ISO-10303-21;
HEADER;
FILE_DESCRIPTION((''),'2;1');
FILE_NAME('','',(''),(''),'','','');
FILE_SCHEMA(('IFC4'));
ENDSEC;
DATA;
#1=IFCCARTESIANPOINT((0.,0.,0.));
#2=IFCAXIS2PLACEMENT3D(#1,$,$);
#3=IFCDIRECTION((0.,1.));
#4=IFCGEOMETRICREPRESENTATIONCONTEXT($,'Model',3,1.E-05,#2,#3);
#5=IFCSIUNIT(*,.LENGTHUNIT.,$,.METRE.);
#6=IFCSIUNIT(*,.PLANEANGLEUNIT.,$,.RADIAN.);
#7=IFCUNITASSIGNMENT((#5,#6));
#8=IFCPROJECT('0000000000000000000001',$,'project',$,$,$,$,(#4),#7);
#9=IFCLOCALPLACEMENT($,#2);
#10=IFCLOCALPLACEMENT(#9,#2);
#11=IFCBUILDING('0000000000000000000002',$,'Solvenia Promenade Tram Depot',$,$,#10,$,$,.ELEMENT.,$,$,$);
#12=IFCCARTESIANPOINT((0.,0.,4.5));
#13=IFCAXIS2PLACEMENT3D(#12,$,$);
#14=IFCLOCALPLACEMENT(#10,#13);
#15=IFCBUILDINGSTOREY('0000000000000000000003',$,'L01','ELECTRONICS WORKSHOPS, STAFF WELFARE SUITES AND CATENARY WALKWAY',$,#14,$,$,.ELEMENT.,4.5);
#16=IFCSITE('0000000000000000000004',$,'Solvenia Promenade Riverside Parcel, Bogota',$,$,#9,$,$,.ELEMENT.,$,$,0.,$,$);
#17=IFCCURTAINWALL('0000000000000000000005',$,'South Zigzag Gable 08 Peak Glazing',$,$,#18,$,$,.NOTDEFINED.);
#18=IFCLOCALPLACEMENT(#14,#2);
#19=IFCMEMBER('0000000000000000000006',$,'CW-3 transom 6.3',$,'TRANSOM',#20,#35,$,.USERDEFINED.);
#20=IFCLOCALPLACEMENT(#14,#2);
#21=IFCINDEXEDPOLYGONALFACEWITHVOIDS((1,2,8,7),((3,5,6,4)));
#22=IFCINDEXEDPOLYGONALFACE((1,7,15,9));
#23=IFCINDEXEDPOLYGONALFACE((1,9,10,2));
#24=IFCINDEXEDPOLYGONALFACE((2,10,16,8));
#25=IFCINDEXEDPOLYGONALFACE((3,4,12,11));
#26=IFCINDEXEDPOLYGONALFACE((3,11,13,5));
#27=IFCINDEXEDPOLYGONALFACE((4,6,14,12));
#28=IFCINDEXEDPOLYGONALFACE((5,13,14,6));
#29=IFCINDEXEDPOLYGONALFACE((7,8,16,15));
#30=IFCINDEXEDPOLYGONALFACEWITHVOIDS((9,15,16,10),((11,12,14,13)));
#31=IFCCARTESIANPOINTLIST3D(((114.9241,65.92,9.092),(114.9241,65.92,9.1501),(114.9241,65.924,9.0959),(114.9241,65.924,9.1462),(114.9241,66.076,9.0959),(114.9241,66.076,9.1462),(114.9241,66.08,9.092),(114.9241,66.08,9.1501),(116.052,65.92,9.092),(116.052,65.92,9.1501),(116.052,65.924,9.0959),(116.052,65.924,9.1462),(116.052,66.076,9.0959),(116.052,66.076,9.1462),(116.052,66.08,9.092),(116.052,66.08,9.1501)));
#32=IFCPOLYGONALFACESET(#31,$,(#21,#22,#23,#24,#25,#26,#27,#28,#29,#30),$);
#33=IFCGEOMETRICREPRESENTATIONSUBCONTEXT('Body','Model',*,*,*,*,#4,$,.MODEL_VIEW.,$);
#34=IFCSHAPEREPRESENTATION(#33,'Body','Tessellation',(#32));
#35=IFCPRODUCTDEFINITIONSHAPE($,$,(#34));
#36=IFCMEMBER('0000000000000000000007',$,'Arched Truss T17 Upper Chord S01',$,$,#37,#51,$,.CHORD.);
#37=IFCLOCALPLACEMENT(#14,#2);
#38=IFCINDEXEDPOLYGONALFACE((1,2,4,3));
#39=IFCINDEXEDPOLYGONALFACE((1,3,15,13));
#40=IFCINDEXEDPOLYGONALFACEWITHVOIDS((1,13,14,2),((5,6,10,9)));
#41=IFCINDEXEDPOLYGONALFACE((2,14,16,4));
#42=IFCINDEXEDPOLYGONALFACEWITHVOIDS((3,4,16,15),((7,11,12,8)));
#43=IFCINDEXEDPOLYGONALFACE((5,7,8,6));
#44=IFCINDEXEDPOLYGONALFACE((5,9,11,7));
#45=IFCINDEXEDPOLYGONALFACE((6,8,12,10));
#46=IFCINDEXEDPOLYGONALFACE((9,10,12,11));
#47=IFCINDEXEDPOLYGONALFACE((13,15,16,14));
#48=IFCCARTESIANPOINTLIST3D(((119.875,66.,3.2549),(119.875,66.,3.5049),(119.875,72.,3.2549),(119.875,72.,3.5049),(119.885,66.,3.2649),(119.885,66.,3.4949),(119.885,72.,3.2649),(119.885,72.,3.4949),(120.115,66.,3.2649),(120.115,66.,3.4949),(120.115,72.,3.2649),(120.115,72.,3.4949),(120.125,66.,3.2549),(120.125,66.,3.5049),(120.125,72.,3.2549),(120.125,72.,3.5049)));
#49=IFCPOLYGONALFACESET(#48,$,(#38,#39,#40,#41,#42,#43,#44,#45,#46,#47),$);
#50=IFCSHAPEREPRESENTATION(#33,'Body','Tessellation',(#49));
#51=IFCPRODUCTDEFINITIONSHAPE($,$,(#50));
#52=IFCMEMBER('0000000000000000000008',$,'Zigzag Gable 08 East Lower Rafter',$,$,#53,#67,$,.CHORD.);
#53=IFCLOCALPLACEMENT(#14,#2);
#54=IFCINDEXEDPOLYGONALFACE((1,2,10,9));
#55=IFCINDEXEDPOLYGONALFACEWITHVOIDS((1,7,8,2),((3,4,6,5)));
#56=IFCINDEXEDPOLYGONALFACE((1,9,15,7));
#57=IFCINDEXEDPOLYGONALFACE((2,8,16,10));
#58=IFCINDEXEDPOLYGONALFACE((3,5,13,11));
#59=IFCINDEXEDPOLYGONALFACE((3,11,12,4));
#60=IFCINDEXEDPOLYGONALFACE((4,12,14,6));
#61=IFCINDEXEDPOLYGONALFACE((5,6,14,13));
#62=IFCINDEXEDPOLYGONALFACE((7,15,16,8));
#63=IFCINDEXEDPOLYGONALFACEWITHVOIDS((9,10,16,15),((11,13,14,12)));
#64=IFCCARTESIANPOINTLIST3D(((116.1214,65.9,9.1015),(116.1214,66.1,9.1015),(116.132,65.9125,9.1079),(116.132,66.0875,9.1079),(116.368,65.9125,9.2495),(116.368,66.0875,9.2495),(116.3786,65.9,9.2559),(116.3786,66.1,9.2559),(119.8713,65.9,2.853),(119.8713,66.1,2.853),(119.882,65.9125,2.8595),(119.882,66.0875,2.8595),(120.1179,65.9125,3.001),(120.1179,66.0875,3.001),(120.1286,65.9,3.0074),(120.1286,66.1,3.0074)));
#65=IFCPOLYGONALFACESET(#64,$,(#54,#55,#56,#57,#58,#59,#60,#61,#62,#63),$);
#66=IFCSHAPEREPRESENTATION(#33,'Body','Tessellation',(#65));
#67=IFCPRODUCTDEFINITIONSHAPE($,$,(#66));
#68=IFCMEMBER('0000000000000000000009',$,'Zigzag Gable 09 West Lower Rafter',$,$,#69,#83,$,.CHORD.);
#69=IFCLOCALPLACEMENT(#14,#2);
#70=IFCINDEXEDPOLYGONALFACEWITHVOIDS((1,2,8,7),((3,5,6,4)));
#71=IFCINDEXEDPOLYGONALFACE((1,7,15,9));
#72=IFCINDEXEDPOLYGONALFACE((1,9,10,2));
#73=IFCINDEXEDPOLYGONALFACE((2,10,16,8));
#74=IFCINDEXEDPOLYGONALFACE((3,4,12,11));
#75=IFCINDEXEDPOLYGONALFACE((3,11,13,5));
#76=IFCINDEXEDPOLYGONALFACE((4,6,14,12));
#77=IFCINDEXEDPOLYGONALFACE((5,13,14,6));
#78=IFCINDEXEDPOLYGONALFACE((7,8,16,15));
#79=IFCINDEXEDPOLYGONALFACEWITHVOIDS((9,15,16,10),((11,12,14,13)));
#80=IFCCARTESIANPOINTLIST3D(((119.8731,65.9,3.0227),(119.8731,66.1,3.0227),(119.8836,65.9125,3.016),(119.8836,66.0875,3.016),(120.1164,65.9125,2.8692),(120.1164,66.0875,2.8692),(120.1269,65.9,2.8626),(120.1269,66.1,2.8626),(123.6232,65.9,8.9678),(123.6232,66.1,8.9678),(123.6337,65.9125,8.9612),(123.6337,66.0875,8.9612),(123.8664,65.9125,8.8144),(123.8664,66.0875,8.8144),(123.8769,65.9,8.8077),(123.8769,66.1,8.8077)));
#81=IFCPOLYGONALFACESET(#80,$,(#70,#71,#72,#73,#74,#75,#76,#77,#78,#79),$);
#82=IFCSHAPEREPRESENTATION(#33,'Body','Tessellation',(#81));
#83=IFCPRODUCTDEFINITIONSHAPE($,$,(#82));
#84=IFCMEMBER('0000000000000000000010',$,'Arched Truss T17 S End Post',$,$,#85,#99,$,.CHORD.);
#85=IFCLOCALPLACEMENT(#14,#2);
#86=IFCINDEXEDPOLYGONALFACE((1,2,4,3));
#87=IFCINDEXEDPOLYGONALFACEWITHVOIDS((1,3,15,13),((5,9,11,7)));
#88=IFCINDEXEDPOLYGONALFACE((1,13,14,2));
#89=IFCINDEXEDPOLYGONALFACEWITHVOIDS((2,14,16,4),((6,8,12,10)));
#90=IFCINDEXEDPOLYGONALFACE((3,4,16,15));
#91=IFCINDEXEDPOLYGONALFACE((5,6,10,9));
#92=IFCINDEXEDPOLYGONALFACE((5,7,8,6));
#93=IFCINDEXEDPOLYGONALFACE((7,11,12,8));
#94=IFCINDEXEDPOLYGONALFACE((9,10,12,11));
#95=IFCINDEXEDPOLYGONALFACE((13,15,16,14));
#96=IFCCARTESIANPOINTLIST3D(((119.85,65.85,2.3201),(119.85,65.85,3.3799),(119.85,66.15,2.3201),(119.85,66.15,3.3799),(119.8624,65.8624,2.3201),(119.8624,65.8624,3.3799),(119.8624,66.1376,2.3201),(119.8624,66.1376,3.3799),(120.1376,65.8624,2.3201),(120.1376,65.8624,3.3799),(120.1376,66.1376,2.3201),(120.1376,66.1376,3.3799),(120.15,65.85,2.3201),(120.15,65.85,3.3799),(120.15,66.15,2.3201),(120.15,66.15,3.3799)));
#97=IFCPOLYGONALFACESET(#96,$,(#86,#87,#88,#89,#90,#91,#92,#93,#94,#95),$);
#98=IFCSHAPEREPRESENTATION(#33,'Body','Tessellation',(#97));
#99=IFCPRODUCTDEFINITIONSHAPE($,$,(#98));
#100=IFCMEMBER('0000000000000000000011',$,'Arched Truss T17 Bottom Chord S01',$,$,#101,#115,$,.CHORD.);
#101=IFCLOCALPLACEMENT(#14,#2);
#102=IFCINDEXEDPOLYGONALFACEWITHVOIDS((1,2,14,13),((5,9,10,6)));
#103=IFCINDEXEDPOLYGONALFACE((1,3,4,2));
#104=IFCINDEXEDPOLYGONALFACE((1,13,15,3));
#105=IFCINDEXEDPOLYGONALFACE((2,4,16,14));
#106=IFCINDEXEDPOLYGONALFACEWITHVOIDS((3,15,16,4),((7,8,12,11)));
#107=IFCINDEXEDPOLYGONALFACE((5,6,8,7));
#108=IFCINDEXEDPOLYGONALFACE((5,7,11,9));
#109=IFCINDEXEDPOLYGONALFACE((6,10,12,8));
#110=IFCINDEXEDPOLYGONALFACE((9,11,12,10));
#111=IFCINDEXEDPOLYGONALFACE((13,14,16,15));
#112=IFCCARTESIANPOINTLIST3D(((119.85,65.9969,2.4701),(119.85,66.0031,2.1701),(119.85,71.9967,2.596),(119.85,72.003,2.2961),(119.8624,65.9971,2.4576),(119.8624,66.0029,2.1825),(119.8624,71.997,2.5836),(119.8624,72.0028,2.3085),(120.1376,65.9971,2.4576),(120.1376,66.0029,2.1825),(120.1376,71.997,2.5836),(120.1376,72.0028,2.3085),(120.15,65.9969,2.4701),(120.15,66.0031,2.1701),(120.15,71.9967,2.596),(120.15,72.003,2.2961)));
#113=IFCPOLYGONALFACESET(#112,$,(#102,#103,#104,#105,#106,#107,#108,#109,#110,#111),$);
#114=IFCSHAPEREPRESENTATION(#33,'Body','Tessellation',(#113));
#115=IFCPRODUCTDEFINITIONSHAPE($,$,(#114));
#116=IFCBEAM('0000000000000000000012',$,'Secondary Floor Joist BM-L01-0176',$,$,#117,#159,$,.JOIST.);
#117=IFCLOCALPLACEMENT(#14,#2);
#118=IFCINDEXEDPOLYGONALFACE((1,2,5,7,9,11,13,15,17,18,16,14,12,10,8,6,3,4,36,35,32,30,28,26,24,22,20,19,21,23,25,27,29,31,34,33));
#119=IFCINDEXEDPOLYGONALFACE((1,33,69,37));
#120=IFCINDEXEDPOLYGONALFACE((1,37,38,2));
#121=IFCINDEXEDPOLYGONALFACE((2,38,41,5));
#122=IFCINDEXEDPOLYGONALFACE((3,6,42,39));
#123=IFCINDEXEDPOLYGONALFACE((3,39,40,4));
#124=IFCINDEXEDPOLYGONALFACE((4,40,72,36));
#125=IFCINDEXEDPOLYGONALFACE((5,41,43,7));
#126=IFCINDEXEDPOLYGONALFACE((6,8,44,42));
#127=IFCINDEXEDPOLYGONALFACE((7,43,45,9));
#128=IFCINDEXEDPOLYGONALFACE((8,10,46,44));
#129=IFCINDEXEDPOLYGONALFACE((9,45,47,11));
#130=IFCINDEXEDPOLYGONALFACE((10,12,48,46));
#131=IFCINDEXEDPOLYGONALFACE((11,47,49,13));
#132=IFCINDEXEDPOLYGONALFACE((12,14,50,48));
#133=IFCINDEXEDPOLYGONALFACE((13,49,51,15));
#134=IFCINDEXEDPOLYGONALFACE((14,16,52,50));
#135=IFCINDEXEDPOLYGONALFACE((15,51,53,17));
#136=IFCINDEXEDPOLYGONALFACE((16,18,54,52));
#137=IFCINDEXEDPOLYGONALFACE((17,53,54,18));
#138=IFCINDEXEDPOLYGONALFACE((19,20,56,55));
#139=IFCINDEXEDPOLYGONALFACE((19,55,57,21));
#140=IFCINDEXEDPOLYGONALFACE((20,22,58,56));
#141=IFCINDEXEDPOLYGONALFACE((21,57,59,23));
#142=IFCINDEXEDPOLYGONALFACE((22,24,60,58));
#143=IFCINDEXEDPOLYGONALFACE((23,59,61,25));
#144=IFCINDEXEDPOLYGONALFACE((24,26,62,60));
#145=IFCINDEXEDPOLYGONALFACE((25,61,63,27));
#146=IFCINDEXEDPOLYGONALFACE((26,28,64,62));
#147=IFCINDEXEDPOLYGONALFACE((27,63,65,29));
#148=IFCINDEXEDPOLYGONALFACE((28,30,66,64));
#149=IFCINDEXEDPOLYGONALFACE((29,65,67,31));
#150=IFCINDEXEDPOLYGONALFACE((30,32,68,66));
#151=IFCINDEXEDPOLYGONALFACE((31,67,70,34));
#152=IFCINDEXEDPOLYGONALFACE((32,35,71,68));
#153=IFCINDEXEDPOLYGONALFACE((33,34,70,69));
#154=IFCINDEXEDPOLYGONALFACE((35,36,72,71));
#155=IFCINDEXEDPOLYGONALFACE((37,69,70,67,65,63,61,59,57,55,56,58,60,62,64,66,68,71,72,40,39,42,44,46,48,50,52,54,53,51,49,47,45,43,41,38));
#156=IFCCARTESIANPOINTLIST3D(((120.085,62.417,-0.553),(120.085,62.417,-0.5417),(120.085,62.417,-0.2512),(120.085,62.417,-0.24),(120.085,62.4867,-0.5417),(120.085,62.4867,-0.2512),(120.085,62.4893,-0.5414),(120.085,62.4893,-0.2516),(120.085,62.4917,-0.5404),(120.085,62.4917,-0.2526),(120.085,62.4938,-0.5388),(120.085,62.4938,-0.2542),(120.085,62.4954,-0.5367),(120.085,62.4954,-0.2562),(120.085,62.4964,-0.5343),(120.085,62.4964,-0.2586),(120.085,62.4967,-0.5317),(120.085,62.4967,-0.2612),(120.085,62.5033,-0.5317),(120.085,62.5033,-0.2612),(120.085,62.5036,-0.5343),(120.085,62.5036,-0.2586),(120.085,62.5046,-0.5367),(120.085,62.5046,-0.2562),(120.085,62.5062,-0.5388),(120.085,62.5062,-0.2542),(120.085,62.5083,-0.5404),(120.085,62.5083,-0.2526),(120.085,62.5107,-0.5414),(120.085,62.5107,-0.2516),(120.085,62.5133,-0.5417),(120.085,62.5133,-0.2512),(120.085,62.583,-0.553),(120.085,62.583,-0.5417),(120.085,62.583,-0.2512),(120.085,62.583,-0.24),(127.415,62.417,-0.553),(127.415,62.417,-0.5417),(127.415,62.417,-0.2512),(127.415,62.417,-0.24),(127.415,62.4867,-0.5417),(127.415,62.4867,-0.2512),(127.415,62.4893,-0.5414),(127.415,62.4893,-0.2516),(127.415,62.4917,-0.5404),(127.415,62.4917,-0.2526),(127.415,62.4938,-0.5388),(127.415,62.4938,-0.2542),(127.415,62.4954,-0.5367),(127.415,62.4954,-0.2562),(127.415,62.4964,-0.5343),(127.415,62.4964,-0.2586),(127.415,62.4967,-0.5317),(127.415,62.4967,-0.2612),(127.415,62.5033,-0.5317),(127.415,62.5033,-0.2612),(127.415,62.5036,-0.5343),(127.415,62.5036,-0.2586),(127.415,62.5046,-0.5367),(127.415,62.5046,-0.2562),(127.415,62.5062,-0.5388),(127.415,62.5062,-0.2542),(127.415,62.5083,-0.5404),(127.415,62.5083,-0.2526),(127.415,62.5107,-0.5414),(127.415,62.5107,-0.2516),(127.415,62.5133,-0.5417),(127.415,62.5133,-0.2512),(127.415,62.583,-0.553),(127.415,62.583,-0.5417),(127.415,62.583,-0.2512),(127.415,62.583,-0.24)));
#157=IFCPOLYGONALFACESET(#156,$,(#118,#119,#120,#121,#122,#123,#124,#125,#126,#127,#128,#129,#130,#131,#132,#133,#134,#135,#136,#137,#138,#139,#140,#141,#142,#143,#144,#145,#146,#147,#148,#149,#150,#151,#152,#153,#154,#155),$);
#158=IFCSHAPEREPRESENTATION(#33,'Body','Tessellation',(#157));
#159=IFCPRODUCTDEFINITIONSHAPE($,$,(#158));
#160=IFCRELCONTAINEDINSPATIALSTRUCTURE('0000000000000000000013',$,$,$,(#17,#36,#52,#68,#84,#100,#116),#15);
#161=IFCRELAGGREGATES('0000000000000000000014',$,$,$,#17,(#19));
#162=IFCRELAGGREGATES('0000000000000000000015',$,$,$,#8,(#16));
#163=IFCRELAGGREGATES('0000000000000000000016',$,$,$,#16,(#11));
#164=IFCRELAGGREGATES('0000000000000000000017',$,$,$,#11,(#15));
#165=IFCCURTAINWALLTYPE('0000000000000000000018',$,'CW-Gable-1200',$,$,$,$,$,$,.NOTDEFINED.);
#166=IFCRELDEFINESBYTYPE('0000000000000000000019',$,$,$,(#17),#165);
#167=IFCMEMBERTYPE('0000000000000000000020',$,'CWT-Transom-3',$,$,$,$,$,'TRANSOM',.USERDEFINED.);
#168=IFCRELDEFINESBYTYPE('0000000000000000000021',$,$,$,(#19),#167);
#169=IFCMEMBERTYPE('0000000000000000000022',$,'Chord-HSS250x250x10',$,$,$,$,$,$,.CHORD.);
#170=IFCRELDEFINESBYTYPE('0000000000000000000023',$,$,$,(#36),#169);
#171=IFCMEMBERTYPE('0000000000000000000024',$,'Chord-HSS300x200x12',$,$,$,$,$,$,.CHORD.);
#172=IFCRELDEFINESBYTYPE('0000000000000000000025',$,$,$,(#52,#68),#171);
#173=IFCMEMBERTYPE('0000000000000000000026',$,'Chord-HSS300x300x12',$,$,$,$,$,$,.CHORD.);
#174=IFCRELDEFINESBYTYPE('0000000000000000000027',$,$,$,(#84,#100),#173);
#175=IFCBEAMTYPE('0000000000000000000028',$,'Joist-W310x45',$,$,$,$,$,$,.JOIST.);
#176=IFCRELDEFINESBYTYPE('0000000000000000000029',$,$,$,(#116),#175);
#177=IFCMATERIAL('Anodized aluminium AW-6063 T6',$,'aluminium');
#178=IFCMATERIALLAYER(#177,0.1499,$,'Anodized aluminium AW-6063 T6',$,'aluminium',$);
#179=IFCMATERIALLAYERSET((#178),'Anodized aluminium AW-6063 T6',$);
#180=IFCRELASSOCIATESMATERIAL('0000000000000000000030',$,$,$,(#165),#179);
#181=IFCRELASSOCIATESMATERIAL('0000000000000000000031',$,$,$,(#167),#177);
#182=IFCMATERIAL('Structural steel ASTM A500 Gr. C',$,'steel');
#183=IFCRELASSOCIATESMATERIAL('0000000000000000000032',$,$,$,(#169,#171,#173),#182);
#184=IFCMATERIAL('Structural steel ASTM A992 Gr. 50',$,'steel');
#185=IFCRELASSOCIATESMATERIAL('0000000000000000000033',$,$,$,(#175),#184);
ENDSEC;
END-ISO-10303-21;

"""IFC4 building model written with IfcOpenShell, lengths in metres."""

from ifc_helpers import new_model, si_unit, direction, frame, origin, origin_2d, place, context, subcontext, project, spatial, hollow_rectangle, i_section, extrude, material, layer, layer_set, material_profile, profile_set, type_object, element, aggregate, save


model = new_model("IFC4")

# Units and contexts
model_context = context("Model", 3, precision=1e-05, world=origin(), true_north=direction((0.0, 1.0)))
body_context = subcontext(model_context, "Body", "Model", "MODEL_VIEW")
ifc_project = project(units=[si_unit("LENGTHUNIT", "METRE"), si_unit("PLANEANGLEUNIT", "RADIAN")], contexts=[model_context])

# Site, building, storey
site_placement = place(None, origin())
site = spatial("IfcSite", under=ifc_project, at=site_placement, Name="Solvenia Promenade Riverside Parcel, Bogota", CompositionType="ELEMENT", RefElevation=0.0)
building_placement = place(site_placement, origin())
building = spatial("IfcBuilding", under=site, at=building_placement, Name="Solvenia Promenade Tram Depot", CompositionType="ELEMENT")
storey_placement = place(building_placement, frame((0.0, 0.0, 4.5)))
storey = spatial("IfcBuildingStorey", under=building, at=storey_placement, Name="L01", Description="ELECTRONICS WORKSHOPS, STAFF WELFARE SUITES AND CATENARY WALKWAY", CompositionType="ELEMENT", Elevation=4.5)

# Shared definitions
ifc_material_1 = material(Name="Structural steel ASTM A992 Gr. 50", Category="steel")

# Curtain wall, member
ifc_material_2 = material(Name="Anodized aluminium AW-6063 T6", Category="aluminium")
ifc_layer_1 = layer(ifc_material_2, 0.1499, Name="Anodized aluminium AW-6063 T6", Category="aluminium")
ifc_layer_set_1 = layer_set([ifc_layer_1], Name="Anodized aluminium AW-6063 T6")
curtain_wall_type = type_object("IfcCurtainWallType", Name="CW-Gable-1200", PredefinedType="NOTDEFINED", material=ifc_layer_set_1)
curtain_wall_placement = place(storey_placement, origin())
curtain_wall = element("IfcCurtainWall", 1, at=curtain_wall_placement, inside=storey, type_object=curtain_wall_type, Name="South Zigzag Gable 08 Peak Glazing", PredefinedType="NOTDEFINED")
ifc_material_profile_1 = material_profile(ifc_material_2, hollow_rectangle(XDim=0.1599, YDim=0.0581, WallThickness=0.0039, at=origin_2d()), Name="ALU-T3", Category="aluminium")
ifc_profile_set_1 = profile_set([ifc_material_profile_1], Name="Anodized aluminium AW-6063 T6")
member_type_1 = type_object("IfcMemberType", Name="CWT-Transom-3", ElementType="TRANSOM", PredefinedType="USERDEFINED", material=ifc_profile_set_1)
member_1_placement = place(storey_placement, frame((114.9241, 66.0, 9.1211), z_axis=(1.0, 0.0, 0.0), x_axis=(0.0, 1.0, 0.0)))
member_1 = element("IfcMember", 2, at=member_1_placement, type_object=member_type_1, Name="CW-3 transom 6.3", ObjectType="TRANSOM", PredefinedType="USERDEFINED", context=body_context, shape_type="SweptSolid", body=[
    extrude(hollow_rectangle(XDim=0.1599, YDim=0.0581, WallThickness=0.0039, at=origin_2d()), origin(), (0.0, 0.0, 1.0), 1.1279),
])

# Members
ifc_material_3 = material(Name="Structural steel ASTM A500 Gr. C", Category="steel")
ifc_material_profile_2 = material_profile(ifc_material_3, hollow_rectangle(XDim=0.25, YDim=0.25, WallThickness=0.01, at=origin_2d()), Name="HSS250x250x10", Category="steel")
ifc_profile_set_2 = profile_set([ifc_material_profile_2], Name="Structural steel ASTM A500 Gr. C")
member_type_2 = type_object("IfcMemberType", Name="Chord-HSS250x250x10", PredefinedType="CHORD", material=ifc_profile_set_2)
member_2_placement = place(storey_placement, frame((120.0, 66.0, 3.3799), z_axis=(0.0, 1.0, 0.0), x_axis=(-1.0, 0.0, 0.0)))
element("IfcMember", 3, at=member_2_placement, inside=storey, type_object=member_type_2, Name="Arched Truss T17 Upper Chord S01", PredefinedType="CHORD", context=body_context, shape_type="SweptSolid", body=[
    extrude(hollow_rectangle(XDim=0.25, YDim=0.25, WallThickness=0.01, at=origin_2d()), origin(), (0.0, 0.0, 1.0), 6.0),
])
ifc_material_profile_3 = material_profile(ifc_material_3, hollow_rectangle(XDim=0.2, YDim=0.3, WallThickness=0.0125, at=origin_2d()), Name="HSS300x200x12.5", Category="steel")
ifc_profile_set_3 = profile_set([ifc_material_profile_3], Name="Structural steel ASTM A500 Gr. C")
member_type_3 = type_object("IfcMemberType", Name="Chord-HSS300x200x12", PredefinedType="CHORD", material=ifc_profile_set_3)
member_3_placement = place(storey_placement, frame((116.25, 66.0, 9.1787), z_axis=(0.514584, 0.0, -0.85744), x_axis=(0.0, 1.0, 0.0)))
element("IfcMember", 4, at=member_3_placement, inside=storey, type_object=member_type_3, Name="Zigzag Gable 08 East Lower Rafter", PredefinedType="CHORD", context=body_context, shape_type="SweptSolid", body=[
    extrude(hollow_rectangle(XDim=0.2, YDim=0.3, WallThickness=0.0125, at=origin_2d()), origin(), (0.0, 0.0, 1.0), 7.2874),
])
member_4_placement = place(storey_placement, frame((120.0, 66.0, 2.9426), z_axis=(0.533507, 0.0, 0.845796), x_axis=(0.0, 1.0, 0.0)))
element("IfcMember", 5, at=member_4_placement, inside=storey, type_object=member_type_3, Name="Zigzag Gable 09 West Lower Rafter", PredefinedType="CHORD", context=body_context, shape_type="SweptSolid", body=[
    extrude(hollow_rectangle(XDim=0.2, YDim=0.3, WallThickness=0.0125, at=origin_2d()), origin(), (0.0, 0.0, 1.0), 7.0291),
])
ifc_material_profile_4 = material_profile(ifc_material_3, hollow_rectangle(XDim=0.3, YDim=0.3, WallThickness=0.0125, at=origin_2d()), Name="HSS300x300x12.5", Category="steel")
ifc_profile_set_4 = profile_set([ifc_material_profile_4], Name="Structural steel ASTM A500 Gr. C")
member_type_4 = type_object("IfcMemberType", Name="Chord-HSS300x300x12", PredefinedType="CHORD", material=ifc_profile_set_4)
member_5_placement = place(storey_placement, frame((120.0, 66.0, 2.3201), z_axis=(0.0, 0.0, 1.0), x_axis=(1.0, 0.0, 0.0)))
element("IfcMember", 6, at=member_5_placement, inside=storey, type_object=member_type_4, Name="Arched Truss T17 S End Post", PredefinedType="CHORD", context=body_context, shape_type="SweptSolid", body=[
    extrude(hollow_rectangle(XDim=0.3, YDim=0.3, WallThickness=0.0125, at=origin_2d()), origin(), (0.0, 0.0, 1.0), 1.0598),
])
member_6_placement = place(storey_placement, frame((120.0, 66.0, 2.3201), z_axis=(0.0, 0.99978, 0.020991), x_axis=(-1.0, 0.0, 0.0)))
element("IfcMember", 7, at=member_6_placement, inside=storey, type_object=member_type_4, Name="Arched Truss T17 Bottom Chord S01", PredefinedType="CHORD", context=body_context, shape_type="SweptSolid", body=[
    extrude(hollow_rectangle(XDim=0.3, YDim=0.3, WallThickness=0.0125, at=origin_2d()), origin(), (0.0, 0.0, 1.0), 6.0012),
])

# Beam
ifc_material_profile_5 = material_profile(ifc_material_1, i_section(OverallWidth=0.166, OverallDepth=0.313, WebThickness=0.0066, FlangeThickness=0.0112, FilletRadius=0.01, at=origin_2d()), Name="W310x45", Category="steel")
ifc_profile_set_5 = profile_set([ifc_material_profile_5], Name="Structural steel ASTM A992 Gr. 50")
beam_type = type_object("IfcBeamType", Name="Joist-W310x45", PredefinedType="JOIST", material=ifc_profile_set_5)
for number, where, z_axis, x_axis, name in (
    (8, (120.085, 62.5, -0.3965), (1.0, 0.0, 0.0), (0.0, 1.0, 0.0), "Secondary Floor Joist BM-L01-0176"),
):
    element("IfcBeam", number, at=place(storey_placement, frame(where, z_axis=z_axis, x_axis=x_axis)), inside=storey, type_object=beam_type, Name=name, PredefinedType="JOIST", context=body_context, shape_type="SweptSolid", body=[
        extrude(i_section(OverallWidth=0.166, OverallDepth=0.313, WebThickness=0.0066, FlangeThickness=0.0112, FilletRadius=0.01, at=origin_2d()), origin(), (0.0, 0.0, 1.0), 7.3301),
    ])

aggregate(curtain_wall, [member_1])

save(model, "model.ifc")
